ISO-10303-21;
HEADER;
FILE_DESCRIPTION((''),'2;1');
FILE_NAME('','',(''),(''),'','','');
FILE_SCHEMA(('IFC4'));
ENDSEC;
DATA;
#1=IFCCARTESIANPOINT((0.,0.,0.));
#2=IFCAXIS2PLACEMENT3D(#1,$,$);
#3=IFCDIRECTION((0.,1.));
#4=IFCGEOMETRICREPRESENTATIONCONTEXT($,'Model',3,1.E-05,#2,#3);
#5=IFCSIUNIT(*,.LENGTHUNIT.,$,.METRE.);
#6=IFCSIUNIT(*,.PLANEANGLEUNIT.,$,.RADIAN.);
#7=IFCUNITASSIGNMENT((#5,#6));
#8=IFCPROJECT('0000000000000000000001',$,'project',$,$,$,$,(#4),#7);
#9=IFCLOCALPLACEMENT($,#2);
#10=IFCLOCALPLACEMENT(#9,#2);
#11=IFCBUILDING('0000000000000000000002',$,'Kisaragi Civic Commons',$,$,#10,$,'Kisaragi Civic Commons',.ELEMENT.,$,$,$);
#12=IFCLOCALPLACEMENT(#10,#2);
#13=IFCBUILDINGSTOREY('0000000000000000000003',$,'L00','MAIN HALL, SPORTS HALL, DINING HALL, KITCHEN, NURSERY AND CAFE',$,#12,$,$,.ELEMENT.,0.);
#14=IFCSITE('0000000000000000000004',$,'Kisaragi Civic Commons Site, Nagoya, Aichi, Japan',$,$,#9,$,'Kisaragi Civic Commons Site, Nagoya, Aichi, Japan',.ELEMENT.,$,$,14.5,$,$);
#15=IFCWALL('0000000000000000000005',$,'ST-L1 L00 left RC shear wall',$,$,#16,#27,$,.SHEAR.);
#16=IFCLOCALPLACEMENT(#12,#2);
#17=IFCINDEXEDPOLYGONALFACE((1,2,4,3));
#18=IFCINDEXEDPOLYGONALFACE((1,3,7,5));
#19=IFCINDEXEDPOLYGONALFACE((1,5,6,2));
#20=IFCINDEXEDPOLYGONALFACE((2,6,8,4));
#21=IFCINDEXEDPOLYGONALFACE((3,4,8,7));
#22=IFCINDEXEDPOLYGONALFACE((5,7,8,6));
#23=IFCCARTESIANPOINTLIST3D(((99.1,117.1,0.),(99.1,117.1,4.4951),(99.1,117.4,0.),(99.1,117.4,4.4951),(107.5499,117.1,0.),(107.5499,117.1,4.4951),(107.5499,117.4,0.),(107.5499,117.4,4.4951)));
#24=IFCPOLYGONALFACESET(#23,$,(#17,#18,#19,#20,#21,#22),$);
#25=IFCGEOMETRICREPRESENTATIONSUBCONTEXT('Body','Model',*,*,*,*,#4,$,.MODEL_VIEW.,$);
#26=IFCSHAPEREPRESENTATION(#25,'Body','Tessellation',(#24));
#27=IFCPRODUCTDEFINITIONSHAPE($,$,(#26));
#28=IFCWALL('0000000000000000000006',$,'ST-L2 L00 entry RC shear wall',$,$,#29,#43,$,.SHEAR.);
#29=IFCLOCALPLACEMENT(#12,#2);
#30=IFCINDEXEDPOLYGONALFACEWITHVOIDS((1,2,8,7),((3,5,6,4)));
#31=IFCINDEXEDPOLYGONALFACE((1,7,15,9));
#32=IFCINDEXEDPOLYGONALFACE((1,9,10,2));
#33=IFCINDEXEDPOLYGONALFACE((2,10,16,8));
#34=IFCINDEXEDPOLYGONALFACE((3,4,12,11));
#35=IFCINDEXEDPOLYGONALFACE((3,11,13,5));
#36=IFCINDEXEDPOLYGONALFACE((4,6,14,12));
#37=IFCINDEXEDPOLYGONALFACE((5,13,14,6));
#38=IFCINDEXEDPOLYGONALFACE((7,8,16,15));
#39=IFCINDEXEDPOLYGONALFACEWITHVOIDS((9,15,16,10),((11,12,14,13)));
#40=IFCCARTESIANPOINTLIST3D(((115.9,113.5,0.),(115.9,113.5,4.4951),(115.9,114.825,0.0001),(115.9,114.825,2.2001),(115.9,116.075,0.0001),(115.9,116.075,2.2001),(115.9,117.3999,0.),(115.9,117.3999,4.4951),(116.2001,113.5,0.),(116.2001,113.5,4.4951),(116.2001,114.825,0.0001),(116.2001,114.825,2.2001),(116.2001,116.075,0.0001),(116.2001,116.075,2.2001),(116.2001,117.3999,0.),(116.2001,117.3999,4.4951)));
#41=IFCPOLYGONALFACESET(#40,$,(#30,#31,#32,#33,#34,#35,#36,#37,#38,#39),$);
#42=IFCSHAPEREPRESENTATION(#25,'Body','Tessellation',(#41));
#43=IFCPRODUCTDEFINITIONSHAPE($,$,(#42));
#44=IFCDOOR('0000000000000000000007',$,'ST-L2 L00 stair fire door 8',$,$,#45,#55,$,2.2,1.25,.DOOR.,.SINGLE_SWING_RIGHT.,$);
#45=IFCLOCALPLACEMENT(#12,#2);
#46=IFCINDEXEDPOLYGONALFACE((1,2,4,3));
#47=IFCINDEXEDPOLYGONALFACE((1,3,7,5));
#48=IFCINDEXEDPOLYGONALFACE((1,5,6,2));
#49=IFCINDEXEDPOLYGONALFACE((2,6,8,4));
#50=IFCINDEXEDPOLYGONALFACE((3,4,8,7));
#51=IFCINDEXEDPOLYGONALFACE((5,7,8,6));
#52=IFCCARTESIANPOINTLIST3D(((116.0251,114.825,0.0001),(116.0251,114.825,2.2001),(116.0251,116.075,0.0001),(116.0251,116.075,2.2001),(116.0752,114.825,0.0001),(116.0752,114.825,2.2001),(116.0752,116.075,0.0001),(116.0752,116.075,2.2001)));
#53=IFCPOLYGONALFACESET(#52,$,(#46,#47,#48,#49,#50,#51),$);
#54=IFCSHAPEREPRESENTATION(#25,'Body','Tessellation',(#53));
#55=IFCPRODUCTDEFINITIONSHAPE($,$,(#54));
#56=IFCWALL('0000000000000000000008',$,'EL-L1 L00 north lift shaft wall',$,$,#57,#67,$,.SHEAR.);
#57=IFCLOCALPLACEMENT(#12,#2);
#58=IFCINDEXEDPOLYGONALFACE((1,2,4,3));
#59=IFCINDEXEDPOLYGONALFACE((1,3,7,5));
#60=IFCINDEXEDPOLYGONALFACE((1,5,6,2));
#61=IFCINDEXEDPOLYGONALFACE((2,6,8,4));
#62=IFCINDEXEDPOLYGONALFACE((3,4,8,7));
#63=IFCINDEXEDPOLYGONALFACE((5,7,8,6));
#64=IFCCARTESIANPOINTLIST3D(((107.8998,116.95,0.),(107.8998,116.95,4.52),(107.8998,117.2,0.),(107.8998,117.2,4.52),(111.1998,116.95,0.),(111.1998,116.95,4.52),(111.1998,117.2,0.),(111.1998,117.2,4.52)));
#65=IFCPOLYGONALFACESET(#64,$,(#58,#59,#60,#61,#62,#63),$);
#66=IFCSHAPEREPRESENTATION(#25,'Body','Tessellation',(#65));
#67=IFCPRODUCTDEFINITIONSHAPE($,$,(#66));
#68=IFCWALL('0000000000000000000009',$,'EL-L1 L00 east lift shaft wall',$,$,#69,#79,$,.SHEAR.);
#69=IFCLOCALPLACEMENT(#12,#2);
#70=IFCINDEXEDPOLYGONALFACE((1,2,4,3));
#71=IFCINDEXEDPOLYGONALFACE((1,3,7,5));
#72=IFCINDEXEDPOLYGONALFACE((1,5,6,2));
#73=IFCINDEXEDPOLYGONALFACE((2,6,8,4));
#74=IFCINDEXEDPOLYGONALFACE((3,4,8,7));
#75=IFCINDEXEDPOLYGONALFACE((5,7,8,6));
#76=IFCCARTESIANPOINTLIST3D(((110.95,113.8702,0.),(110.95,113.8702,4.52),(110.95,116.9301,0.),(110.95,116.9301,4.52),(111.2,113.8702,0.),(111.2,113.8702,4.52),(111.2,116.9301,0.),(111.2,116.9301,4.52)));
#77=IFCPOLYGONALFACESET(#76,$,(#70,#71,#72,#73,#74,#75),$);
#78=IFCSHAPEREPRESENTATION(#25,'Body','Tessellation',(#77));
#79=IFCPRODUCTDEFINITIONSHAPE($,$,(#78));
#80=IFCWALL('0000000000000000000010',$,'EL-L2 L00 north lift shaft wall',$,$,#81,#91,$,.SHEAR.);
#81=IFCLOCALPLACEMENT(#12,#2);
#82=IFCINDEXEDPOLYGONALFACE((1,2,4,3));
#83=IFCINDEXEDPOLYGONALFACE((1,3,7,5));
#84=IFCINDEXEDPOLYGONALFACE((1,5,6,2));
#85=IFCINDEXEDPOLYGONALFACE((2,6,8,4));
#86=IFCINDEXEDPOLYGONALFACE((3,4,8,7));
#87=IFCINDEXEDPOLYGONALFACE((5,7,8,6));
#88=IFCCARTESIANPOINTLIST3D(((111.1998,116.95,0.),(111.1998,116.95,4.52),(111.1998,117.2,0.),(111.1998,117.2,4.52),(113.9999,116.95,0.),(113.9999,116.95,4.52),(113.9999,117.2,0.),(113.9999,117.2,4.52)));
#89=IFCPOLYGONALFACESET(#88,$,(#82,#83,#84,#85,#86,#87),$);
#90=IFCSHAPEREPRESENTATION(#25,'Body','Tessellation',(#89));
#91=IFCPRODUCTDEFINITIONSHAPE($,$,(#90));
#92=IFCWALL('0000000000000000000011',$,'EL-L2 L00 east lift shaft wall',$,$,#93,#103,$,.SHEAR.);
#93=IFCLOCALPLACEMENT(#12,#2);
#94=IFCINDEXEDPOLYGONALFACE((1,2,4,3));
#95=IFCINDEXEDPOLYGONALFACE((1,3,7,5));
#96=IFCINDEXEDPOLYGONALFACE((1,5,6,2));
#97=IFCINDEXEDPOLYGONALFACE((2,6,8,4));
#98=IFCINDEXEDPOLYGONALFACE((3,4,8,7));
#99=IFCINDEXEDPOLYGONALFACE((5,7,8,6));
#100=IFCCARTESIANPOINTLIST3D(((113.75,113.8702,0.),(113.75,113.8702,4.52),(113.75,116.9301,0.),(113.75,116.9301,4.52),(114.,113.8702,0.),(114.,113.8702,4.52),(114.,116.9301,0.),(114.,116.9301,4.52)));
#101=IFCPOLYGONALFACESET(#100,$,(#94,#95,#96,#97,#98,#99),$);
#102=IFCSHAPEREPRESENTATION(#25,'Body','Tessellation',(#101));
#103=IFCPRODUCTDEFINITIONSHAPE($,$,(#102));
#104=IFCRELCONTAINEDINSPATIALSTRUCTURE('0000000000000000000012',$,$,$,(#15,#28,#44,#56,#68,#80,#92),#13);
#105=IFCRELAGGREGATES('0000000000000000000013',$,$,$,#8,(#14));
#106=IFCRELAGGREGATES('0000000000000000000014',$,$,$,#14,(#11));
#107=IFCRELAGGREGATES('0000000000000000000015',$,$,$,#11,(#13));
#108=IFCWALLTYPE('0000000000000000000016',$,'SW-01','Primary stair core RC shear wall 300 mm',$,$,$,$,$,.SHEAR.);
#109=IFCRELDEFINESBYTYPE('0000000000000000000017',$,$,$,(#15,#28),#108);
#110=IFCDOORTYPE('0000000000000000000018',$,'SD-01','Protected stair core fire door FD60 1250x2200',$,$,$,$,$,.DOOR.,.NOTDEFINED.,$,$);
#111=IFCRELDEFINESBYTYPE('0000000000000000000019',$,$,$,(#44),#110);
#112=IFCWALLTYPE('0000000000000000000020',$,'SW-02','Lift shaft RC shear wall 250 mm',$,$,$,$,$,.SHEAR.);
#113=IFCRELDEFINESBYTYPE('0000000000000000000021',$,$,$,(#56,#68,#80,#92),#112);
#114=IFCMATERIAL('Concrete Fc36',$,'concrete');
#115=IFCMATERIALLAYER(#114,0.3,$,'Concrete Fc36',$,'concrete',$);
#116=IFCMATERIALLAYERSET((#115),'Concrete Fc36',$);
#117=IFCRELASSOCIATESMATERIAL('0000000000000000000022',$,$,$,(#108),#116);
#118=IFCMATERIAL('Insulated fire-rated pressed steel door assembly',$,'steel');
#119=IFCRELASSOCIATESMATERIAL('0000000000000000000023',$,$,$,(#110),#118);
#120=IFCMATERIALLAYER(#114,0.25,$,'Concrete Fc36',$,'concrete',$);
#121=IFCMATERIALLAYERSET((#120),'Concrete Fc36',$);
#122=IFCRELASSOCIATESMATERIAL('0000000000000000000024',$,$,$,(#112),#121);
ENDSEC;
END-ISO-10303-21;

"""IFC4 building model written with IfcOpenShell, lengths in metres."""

from ifc_helpers import new_model, si_unit, direction, frame, frame_2d, origin, place, context, subcontext, project, spatial, rectangle, extrude, material, layer, layer_set, type_object, element, fill, save


model = new_model("IFC4")

# Units and contexts
model_context = context("Model", 3, precision=1e-05, world=origin(), true_north=direction((0.0, 1.0)))
body_context = subcontext(model_context, "Body", "Model", "MODEL_VIEW")
ifc_project = project(units=[si_unit("LENGTHUNIT", "METRE"), si_unit("PLANEANGLEUNIT", "RADIAN")], contexts=[model_context])

# Site, building, storey
site_placement = place(None, origin())
site = spatial("IfcSite", under=ifc_project, at=site_placement, Name="Kisaragi Civic Commons Site, Nagoya, Aichi, Japan", LongName="Kisaragi Civic Commons Site, Nagoya, Aichi, Japan", CompositionType="ELEMENT", RefElevation=14.5)
building_placement = place(site_placement, origin())
building = spatial("IfcBuilding", under=site, at=building_placement, Name="Kisaragi Civic Commons", LongName="Kisaragi Civic Commons", CompositionType="ELEMENT")
storey_placement = place(building_placement, origin())
storey = spatial("IfcBuildingStorey", under=building, at=storey_placement, Name="L00", Description="MAIN HALL, SPORTS HALL, DINING HALL, KITCHEN, NURSERY AND CAFE", CompositionType="ELEMENT", Elevation=0.0)

# Shared definitions
ifc_material_1 = material(Name="Concrete Fc36", Category="concrete")

# Wall
ifc_layer_1 = layer(ifc_material_1, 0.3, Name="Concrete Fc36", Category="concrete")
ifc_layer_set_1 = layer_set([ifc_layer_1], Name="Concrete Fc36")
wall_type_1 = type_object("IfcWallType", Name="SW-01", Description="Primary stair core RC shear wall 300 mm", PredefinedType="SHEAR", material=ifc_layer_set_1)
wall_1_placement = place(storey_placement, frame((107.55, 117.25, 0.0), z_axis=(0.0, 0.0, 1.0), x_axis=(-1.0, 0.0, 0.0)))
element("IfcWall", 1, at=wall_1_placement, inside=storey, type_object=wall_type_1, Name="ST-L1 L00 left RC shear wall", PredefinedType="SHEAR", context=body_context, shape_type="SweptSolid", body=[
    extrude(rectangle(XDim=8.45, YDim=0.3, at=frame_2d((4.2251, 0.0))), origin(), (0.0, 0.0, 1.0), 4.4951),
])

# Wall, opening, door
wall_2_placement = place(storey_placement, frame((116.05, 117.3999, 0.0), z_axis=(0.0, 0.0, 1.0), x_axis=(0.0, -1.0, 0.0)))
wall_2 = element("IfcWall", 2, at=wall_2_placement, inside=storey, type_object=wall_type_1, Name="ST-L2 L00 entry RC shear wall", PredefinedType="SHEAR", context=body_context, shape_type="SweptSolid", body=[
    extrude(rectangle(XDim=3.8999, YDim=0.3, at=frame_2d((1.95, 0.0))), origin(), (0.0, 0.0, 1.0), 4.4951),
])
opening_placement = place(wall_2_placement, frame((1.325, 0.0, 0.0)))
opening = element("IfcOpeningElement", 3, at=opening_placement, cuts=wall_2, PredefinedType="OPENING", context=body_context, shape_type="SweptSolid", body=[
    extrude(rectangle(XDim=1.25, YDim=2.2, at=frame_2d((0.625, 1.1001))), frame((0.0, 0.1599, 0.0), z_axis=(0.0, -1.0, 0.0), x_axis=(1.0, 0.0, 0.0)), (0.0, 0.0, 1.0), 0.3201),
])
ifc_material_2 = material(Name="Insulated fire-rated pressed steel door assembly", Category="steel")
door_type = type_object("IfcDoorType", Name="SD-01", Description="Protected stair core fire door FD60 1250x2200", OperationType="NOTDEFINED", PredefinedType="DOOR", material=ifc_material_2)
door_placement = place(opening_placement, frame((1.25, 0.0, 0.0), z_axis=(0.0, 0.0, 1.0), x_axis=(-1.0, 0.0, 0.0)))
door = element("IfcDoor", 4, at=door_placement, inside=storey, type_object=door_type, Name="ST-L2 L00 stair fire door 8", OperationType="SINGLE_SWING_RIGHT", OverallHeight=2.2, OverallWidth=1.25, PredefinedType="DOOR", context=body_context, shape_type="SweptSolid", body=[
    extrude(rectangle(XDim=1.25, YDim=2.2, at=frame_2d((0.625, 1.1001))), frame((0.0, 0.0249, 0.0), z_axis=(0.0, -1.0, 0.0), x_axis=(1.0, 0.0, 0.0)), (0.0, 0.0, 1.0), 0.05),
])
fill(opening, door)

# Walls
ifc_layer_2 = layer(ifc_material_1, 0.25, Name="Concrete Fc36", Category="concrete")
ifc_layer_set_2 = layer_set([ifc_layer_2], Name="Concrete Fc36")
wall_type_2 = type_object("IfcWallType", Name="SW-02", Description="Lift shaft RC shear wall 250 mm", PredefinedType="SHEAR", material=ifc_layer_set_2)
wall_3_placement = place(storey_placement, frame((107.8999, 117.075, 0.0), z_axis=(0.0, 0.0, 1.0), x_axis=(1.0, 0.0, 0.0)))
element("IfcWall", 5, at=wall_3_placement, inside=storey, type_object=wall_type_2, Name="EL-L1 L00 north lift shaft wall", PredefinedType="SHEAR", context=body_context, shape_type="SweptSolid", body=[
    extrude(rectangle(XDim=3.3, YDim=0.25, at=frame_2d((1.6499, 0.0))), origin(), (0.0, 0.0, 1.0), 4.52),
])
wall_4_placement = place(storey_placement, frame((111.075, 116.9299, 0.0), z_axis=(0.0, 0.0, 1.0), x_axis=(0.0, -1.0, 0.0)))
element("IfcWall", 6, at=wall_4_placement, inside=storey, type_object=wall_type_2, Name="EL-L1 L00 east lift shaft wall", PredefinedType="SHEAR", context=body_context, shape_type="SweptSolid", body=[
    extrude(rectangle(XDim=3.0598, YDim=0.25, at=frame_2d((1.5298, 0.0))), origin(), (0.0, 0.0, 1.0), 4.52),
])
wall_5_placement = place(storey_placement, frame((111.2, 117.075, 0.0), z_axis=(0.0, 0.0, 1.0), x_axis=(1.0, 0.0, 0.0)))
element("IfcWall", 7, at=wall_5_placement, inside=storey, type_object=wall_type_2, Name="EL-L2 L00 north lift shaft wall", PredefinedType="SHEAR", context=body_context, shape_type="SweptSolid", body=[
    extrude(rectangle(XDim=2.8, YDim=0.25, at=frame_2d((1.3999, 0.0))), origin(), (0.0, 0.0, 1.0), 4.52),
])
wall_6_placement = place(storey_placement, frame((113.875, 116.9299, 0.0), z_axis=(0.0, 0.0, 1.0), x_axis=(0.0, -1.0, 0.0)))
element("IfcWall", 8, at=wall_6_placement, inside=storey, type_object=wall_type_2, Name="EL-L2 L00 east lift shaft wall", PredefinedType="SHEAR", context=body_context, shape_type="SweptSolid", body=[
    extrude(rectangle(XDim=3.0598, YDim=0.25, at=frame_2d((1.5298, 0.0))), origin(), (0.0, 0.0, 1.0), 4.52),
])

save(model, "model.ifc")
